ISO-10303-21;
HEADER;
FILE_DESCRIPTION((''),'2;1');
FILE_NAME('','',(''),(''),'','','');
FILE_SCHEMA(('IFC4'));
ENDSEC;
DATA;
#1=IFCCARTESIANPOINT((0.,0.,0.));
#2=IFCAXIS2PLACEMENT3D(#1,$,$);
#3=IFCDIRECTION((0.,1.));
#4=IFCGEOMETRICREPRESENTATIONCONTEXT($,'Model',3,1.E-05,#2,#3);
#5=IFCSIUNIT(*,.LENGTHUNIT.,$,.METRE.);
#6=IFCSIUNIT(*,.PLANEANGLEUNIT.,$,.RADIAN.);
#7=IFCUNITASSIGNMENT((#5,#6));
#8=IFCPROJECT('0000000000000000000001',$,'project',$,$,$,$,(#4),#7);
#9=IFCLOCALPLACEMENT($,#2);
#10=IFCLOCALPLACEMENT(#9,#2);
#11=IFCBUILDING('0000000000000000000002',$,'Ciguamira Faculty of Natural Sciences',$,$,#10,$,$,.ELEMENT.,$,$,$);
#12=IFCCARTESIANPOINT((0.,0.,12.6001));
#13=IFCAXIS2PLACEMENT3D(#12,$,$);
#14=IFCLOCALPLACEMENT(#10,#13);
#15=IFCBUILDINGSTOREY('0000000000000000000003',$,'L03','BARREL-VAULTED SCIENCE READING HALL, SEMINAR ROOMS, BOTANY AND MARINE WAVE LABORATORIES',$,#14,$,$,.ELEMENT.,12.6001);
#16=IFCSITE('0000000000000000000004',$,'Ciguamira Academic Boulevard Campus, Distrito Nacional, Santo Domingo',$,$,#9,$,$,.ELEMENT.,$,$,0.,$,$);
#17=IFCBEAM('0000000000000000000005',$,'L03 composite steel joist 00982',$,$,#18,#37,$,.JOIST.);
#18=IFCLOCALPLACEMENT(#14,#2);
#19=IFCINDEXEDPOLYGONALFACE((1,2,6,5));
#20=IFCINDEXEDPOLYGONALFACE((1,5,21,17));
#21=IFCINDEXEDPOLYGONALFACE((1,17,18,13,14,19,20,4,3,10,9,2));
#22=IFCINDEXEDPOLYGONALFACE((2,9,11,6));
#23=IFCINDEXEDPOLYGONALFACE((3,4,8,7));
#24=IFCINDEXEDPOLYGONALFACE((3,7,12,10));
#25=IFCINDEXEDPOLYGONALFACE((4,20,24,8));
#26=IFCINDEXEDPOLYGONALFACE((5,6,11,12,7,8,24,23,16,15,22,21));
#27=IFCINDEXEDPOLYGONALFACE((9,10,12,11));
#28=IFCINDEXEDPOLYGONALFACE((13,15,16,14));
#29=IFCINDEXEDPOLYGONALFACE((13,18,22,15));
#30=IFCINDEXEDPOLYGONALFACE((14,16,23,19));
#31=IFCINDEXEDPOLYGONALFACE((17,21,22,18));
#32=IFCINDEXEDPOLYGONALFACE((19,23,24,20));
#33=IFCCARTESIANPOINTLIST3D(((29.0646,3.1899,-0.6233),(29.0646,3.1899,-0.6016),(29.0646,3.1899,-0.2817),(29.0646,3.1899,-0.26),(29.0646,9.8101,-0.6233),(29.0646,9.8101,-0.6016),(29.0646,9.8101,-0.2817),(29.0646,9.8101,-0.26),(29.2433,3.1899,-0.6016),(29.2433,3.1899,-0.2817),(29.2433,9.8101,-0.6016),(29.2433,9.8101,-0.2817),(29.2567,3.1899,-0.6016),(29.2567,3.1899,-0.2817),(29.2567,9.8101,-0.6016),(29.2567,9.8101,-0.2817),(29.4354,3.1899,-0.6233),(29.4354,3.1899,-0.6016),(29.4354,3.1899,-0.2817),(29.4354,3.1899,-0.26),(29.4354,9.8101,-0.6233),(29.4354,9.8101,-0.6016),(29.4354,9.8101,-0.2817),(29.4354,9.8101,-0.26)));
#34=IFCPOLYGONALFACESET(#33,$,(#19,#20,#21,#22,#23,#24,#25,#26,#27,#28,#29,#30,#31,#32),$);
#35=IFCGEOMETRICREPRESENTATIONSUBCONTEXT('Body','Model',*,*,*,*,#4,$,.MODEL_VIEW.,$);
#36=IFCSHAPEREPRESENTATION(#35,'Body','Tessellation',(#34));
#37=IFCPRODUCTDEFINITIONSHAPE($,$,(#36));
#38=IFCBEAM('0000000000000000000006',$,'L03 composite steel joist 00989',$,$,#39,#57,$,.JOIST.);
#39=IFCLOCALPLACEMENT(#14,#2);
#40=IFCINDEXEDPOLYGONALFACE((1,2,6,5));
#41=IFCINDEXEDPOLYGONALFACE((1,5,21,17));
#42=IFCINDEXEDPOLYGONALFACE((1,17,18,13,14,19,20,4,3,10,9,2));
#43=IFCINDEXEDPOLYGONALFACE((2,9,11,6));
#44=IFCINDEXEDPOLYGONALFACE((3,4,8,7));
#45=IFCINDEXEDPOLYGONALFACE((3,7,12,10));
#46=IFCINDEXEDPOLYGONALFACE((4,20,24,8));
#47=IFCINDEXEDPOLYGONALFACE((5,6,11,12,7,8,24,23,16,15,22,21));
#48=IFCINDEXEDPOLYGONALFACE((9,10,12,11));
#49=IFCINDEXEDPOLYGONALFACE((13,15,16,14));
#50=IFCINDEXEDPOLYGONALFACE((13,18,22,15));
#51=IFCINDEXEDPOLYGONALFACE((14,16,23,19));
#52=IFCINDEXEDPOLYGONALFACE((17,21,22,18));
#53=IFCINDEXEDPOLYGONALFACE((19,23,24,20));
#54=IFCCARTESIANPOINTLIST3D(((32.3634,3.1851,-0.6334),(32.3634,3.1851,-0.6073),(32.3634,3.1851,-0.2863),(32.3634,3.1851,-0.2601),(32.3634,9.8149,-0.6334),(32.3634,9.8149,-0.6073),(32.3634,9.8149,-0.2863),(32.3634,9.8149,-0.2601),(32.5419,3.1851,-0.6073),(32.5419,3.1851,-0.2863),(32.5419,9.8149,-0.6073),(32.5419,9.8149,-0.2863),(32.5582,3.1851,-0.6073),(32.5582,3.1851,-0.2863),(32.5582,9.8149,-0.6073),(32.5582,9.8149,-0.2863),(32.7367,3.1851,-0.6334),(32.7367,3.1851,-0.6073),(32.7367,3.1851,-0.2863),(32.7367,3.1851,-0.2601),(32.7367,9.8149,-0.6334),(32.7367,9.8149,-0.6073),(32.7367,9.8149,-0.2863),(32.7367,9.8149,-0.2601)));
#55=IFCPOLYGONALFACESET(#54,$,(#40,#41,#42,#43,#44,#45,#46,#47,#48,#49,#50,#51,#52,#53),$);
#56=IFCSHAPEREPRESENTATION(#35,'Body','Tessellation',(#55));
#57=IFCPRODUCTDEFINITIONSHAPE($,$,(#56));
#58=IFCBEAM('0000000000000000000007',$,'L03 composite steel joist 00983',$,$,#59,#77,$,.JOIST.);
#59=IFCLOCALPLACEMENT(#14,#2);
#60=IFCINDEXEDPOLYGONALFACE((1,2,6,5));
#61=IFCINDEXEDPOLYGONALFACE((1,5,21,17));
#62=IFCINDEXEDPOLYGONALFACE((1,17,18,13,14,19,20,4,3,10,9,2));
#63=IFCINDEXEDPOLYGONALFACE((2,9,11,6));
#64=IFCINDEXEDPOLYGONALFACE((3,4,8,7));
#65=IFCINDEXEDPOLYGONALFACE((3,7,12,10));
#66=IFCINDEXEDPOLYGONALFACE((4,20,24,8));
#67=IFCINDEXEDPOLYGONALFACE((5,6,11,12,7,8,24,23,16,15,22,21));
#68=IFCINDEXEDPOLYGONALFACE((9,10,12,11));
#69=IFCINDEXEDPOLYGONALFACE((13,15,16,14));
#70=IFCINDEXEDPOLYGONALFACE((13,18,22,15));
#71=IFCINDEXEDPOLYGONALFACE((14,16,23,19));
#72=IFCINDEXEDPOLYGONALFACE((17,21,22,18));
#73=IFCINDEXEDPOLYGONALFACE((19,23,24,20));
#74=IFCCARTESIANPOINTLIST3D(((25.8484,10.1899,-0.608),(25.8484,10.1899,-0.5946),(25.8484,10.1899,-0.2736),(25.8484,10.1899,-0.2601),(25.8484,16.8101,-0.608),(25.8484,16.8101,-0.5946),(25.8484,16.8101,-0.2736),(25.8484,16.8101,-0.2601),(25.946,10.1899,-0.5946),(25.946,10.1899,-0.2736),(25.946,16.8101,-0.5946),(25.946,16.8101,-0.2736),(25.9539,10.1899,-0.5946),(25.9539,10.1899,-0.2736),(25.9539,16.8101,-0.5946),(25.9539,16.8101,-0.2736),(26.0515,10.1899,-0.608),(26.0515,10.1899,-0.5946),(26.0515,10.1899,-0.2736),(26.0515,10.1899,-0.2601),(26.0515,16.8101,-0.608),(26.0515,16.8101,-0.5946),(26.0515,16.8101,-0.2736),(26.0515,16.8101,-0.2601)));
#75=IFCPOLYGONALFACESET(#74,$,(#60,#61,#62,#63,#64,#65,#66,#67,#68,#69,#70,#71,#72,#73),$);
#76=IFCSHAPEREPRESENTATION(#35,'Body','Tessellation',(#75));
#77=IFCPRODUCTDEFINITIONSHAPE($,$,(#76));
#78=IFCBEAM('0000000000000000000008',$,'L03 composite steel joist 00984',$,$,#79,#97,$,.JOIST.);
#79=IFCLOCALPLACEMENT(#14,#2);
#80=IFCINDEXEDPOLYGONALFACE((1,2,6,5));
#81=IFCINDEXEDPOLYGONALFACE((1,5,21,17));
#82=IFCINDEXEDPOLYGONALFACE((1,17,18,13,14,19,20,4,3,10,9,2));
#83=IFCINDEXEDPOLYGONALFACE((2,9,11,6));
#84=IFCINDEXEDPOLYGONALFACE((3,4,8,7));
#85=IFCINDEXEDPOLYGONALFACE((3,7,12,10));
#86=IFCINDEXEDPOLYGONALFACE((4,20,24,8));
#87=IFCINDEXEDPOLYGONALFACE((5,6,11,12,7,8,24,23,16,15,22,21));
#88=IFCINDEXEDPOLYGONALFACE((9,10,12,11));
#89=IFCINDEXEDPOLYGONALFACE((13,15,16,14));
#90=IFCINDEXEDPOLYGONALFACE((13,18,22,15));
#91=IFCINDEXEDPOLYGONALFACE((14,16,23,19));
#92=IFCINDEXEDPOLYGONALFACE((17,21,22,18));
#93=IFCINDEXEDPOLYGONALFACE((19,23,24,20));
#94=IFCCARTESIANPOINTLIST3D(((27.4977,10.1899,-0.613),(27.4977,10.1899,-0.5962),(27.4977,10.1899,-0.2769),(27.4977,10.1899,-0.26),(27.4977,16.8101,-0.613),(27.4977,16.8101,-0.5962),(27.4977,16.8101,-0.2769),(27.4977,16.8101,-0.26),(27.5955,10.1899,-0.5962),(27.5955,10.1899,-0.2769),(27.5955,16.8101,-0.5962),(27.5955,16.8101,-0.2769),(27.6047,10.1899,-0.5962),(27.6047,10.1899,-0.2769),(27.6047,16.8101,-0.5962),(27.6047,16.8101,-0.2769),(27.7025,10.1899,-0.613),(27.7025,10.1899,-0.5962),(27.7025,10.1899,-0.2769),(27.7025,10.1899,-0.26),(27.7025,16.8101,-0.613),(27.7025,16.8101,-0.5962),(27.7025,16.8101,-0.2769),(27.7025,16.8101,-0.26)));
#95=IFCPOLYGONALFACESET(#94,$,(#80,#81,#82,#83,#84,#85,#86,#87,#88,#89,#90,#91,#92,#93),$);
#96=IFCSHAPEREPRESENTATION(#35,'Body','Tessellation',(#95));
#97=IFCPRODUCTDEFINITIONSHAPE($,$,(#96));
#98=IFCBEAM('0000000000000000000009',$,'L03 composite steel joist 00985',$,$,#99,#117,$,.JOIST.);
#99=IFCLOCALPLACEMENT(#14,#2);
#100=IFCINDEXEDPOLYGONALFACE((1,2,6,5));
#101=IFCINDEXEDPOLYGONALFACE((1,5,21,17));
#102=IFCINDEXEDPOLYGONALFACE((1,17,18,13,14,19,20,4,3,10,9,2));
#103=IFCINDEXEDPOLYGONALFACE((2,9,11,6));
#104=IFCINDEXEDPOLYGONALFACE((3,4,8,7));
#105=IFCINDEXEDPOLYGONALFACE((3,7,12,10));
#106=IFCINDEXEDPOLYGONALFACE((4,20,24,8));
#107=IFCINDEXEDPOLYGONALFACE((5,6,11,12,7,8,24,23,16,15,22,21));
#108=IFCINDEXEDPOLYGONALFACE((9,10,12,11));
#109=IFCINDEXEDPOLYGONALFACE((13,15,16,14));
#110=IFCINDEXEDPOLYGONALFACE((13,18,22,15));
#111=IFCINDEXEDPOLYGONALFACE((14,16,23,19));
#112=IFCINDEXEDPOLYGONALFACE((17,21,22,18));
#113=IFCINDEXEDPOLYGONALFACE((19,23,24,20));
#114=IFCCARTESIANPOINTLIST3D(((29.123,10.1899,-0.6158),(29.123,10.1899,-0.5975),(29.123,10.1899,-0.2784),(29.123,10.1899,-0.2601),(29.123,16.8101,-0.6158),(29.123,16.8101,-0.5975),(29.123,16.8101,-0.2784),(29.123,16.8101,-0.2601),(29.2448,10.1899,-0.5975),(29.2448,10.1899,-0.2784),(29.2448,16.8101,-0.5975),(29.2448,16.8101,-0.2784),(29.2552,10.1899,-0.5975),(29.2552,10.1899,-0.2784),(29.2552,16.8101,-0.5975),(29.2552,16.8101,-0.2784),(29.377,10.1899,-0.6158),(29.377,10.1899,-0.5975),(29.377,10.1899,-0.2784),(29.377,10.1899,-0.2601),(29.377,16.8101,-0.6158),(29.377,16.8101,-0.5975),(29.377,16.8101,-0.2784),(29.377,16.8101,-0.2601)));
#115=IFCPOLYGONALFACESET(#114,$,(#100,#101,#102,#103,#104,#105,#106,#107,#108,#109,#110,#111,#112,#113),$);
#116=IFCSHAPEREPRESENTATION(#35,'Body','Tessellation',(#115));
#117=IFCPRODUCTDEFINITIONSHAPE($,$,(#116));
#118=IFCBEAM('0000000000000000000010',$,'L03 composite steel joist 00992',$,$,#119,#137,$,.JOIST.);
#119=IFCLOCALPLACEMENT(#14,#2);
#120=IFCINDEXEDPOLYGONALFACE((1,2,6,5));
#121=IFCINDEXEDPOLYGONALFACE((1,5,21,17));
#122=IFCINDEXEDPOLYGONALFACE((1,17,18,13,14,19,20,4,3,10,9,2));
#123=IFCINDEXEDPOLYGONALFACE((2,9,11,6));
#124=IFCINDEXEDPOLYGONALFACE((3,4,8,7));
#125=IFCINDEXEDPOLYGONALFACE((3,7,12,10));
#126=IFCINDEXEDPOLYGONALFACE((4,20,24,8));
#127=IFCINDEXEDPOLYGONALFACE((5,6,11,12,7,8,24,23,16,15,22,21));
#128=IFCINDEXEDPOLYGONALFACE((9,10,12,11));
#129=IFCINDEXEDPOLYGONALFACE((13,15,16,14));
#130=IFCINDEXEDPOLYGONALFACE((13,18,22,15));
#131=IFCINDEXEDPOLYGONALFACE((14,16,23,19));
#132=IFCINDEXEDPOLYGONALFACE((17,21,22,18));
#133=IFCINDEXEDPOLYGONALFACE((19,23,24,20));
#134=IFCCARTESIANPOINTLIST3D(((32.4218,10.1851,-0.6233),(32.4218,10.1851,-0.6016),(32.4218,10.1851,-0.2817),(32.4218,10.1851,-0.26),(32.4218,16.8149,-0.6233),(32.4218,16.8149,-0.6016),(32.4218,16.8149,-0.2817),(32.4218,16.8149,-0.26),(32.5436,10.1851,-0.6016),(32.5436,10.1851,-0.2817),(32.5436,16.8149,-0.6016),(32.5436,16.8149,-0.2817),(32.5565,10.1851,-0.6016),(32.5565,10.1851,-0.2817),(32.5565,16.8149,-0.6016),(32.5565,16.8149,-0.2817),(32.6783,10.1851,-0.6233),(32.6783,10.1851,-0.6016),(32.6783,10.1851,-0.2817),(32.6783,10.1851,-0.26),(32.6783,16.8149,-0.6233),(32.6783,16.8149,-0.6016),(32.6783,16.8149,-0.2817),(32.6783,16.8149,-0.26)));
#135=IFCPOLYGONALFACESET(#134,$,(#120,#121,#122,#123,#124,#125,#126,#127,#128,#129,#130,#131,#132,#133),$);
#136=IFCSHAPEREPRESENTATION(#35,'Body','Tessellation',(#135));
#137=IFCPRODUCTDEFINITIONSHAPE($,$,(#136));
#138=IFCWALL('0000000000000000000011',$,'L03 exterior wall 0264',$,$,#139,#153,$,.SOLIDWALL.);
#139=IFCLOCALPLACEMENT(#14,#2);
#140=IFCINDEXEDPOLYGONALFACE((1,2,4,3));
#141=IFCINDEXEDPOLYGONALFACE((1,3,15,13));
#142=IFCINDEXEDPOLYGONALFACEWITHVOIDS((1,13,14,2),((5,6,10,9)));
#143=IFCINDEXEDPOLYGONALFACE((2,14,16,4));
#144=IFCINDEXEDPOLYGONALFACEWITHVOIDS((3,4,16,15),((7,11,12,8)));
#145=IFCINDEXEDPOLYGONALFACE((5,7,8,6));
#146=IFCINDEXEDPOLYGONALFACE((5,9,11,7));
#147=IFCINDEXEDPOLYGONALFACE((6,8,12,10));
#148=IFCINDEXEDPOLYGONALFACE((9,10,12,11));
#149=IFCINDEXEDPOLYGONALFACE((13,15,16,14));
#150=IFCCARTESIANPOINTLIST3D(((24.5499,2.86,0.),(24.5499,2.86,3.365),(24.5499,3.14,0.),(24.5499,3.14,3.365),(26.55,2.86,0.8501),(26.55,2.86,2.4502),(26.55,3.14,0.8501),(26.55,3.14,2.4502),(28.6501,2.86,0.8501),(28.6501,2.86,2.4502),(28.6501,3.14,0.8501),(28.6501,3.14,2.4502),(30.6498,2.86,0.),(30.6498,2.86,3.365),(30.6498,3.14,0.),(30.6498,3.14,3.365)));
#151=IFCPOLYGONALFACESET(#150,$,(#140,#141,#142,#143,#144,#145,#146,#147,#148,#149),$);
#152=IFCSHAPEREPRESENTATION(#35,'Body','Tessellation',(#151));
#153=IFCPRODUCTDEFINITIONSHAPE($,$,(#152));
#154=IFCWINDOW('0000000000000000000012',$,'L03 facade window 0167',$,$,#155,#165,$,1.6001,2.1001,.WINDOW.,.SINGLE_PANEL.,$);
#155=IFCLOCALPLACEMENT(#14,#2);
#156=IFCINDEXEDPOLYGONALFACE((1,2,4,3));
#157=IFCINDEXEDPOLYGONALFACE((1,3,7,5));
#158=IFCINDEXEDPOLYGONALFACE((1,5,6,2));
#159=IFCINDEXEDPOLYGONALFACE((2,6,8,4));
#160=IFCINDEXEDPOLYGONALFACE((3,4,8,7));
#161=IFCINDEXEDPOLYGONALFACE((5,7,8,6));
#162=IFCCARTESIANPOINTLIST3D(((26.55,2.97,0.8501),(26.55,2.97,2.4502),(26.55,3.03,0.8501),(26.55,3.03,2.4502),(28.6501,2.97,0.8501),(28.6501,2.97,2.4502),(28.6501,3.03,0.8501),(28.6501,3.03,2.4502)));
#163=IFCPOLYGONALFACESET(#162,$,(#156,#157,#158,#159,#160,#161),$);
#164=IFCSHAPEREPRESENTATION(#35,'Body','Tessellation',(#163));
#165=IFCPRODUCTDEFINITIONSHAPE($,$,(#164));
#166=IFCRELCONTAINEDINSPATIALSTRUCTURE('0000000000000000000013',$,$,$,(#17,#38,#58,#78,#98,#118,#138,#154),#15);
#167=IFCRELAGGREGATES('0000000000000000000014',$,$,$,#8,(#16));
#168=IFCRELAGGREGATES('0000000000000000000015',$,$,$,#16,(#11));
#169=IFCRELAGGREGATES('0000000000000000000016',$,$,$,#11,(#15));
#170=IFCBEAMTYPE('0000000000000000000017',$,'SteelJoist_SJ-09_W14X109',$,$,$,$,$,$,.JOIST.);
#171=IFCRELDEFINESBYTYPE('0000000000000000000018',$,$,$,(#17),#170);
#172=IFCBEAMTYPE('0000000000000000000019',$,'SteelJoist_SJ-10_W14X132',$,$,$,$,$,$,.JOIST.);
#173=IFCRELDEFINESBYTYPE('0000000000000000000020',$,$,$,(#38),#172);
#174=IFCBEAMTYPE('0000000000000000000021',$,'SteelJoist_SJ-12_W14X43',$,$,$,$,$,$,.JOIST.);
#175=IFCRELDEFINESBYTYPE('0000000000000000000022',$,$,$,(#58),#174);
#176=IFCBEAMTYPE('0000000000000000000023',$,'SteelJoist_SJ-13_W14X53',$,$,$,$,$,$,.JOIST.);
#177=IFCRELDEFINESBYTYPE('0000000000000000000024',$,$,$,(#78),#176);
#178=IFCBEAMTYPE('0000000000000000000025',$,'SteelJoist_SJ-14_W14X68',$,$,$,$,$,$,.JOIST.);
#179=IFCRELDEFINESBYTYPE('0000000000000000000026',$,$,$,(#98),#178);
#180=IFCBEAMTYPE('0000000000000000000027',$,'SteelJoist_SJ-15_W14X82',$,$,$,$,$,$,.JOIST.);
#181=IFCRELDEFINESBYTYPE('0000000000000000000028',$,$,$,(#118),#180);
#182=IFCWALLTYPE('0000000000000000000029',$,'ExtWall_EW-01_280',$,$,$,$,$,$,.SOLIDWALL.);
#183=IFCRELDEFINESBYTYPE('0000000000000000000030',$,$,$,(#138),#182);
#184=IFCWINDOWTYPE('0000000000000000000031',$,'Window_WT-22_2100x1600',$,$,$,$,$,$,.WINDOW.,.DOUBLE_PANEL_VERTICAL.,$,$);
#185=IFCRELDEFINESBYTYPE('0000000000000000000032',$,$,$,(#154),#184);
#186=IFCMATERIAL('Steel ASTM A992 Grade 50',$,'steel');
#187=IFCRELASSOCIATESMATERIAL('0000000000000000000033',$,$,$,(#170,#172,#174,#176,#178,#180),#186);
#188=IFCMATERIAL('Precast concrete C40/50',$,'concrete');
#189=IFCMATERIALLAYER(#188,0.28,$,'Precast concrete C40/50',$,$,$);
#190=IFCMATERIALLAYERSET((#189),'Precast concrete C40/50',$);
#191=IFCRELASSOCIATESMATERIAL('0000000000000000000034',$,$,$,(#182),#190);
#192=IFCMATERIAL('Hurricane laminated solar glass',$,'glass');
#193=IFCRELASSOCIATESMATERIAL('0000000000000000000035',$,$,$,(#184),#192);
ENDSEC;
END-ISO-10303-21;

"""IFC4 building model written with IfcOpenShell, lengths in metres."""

from ifc_helpers import new_model, si_unit, direction, frame, frame_2d, origin, origin_2d, place, context, subcontext, project, spatial, rectangle, i_section, extrude, material, layer, layer_set, material_profile, profile_set, type_object, element, fill, save


model = new_model("IFC4")

# Units and contexts
model_context = context("Model", 3, precision=1e-05, world=origin(), true_north=direction((0.0, 1.0)))
body_context = subcontext(model_context, "Body", "Model", "MODEL_VIEW")
ifc_project = project(units=[si_unit("LENGTHUNIT", "METRE"), si_unit("PLANEANGLEUNIT", "RADIAN")], contexts=[model_context])

# Site, building, storey
site_placement = place(None, origin())
site = spatial("IfcSite", under=ifc_project, at=site_placement, Name="Ciguamira Academic Boulevard Campus, Distrito Nacional, Santo Domingo", CompositionType="ELEMENT", RefElevation=0.0)
building_placement = place(site_placement, origin())
building = spatial("IfcBuilding", under=site, at=building_placement, Name="Ciguamira Faculty of Natural Sciences", CompositionType="ELEMENT")
storey_placement = place(building_placement, frame((0.0, 0.0, 12.6001)))
storey = spatial("IfcBuildingStorey", under=building, at=storey_placement, Name="L03", Description="BARREL-VAULTED SCIENCE READING HALL, SEMINAR ROOMS, BOTANY AND MARINE WAVE LABORATORIES", CompositionType="ELEMENT", Elevation=12.6001)

# Beams
ifc_material_1 = material(Name="Steel ASTM A992 Grade 50", Category="steel")
ifc_material_profile_1 = material_profile(ifc_material_1, i_section(OverallWidth=0.3708, OverallDepth=0.3633, WebThickness=0.0134, FlangeThickness=0.0217, at=origin_2d()), Name="W14X109")
ifc_profile_set_1 = profile_set([ifc_material_profile_1], Name="Steel ASTM A992 Grade 50")
beam_type_1 = type_object("IfcBeamType", Name="SteelJoist_SJ-09_W14X109", PredefinedType="JOIST", material=ifc_profile_set_1)
beam_1_placement = place(storey_placement, frame((29.25, 3.1899, -0.4417), z_axis=(0.0, 1.0, 0.0), x_axis=(-1.0, 0.0, 0.0)))
element("IfcBeam", 1, at=beam_1_placement, inside=storey, type_object=beam_type_1, Name="L03 composite steel joist 00982", PredefinedType="JOIST", context=body_context, shape_type="SweptSolid", body=[
    extrude(i_section(OverallWidth=0.3708, OverallDepth=0.3633, WebThickness=0.0134, FlangeThickness=0.0217, at=origin_2d()), origin(), (0.0, 0.0, 1.0), 6.6201),
])
ifc_material_profile_2 = material_profile(ifc_material_1, i_section(OverallWidth=0.3733, OverallDepth=0.3733, WebThickness=0.0164, FlangeThickness=0.0261, at=origin_2d()), Name="W14X132")
ifc_profile_set_2 = profile_set([ifc_material_profile_2], Name="Steel ASTM A992 Grade 50")
beam_type_2 = type_object("IfcBeamType", Name="SteelJoist_SJ-10_W14X132", PredefinedType="JOIST", material=ifc_profile_set_2)
beam_2_placement = place(storey_placement, frame((32.55, 3.1851, -0.4468), z_axis=(0.0, 1.0, 0.0), x_axis=(-1.0, 0.0, 0.0)))
element("IfcBeam", 2, at=beam_2_placement, inside=storey, type_object=beam_type_2, Name="L03 composite steel joist 00989", PredefinedType="JOIST", context=body_context, shape_type="SweptSolid", body=[
    extrude(i_section(OverallWidth=0.3733, OverallDepth=0.3733, WebThickness=0.0164, FlangeThickness=0.0261, at=origin_2d()), origin(), (0.0, 0.0, 1.0), 6.6299),
])
ifc_material_profile_3 = material_profile(ifc_material_1, i_section(OverallWidth=0.2031, OverallDepth=0.3479, WebThickness=0.0078, FlangeThickness=0.0134, at=origin_2d()), Name="W14X43")
ifc_profile_set_3 = profile_set([ifc_material_profile_3], Name="Steel ASTM A992 Grade 50")
beam_type_3 = type_object("IfcBeamType", Name="SteelJoist_SJ-12_W14X43", PredefinedType="JOIST", material=ifc_profile_set_3)
beam_3_placement = place(storey_placement, frame((25.95, 10.1899, -0.4341), z_axis=(0.0, 1.0, 0.0), x_axis=(-1.0, 0.0, 0.0)))
element("IfcBeam", 3, at=beam_3_placement, inside=storey, type_object=beam_type_3, Name="L03 composite steel joist 00983", PredefinedType="JOIST", context=body_context, shape_type="SweptSolid", body=[
    extrude(i_section(OverallWidth=0.2031, OverallDepth=0.3479, WebThickness=0.0078, FlangeThickness=0.0134, at=origin_2d()), origin(), (0.0, 0.0, 1.0), 6.6201),
])
ifc_material_profile_4 = material_profile(ifc_material_1, i_section(OverallWidth=0.2048, OverallDepth=0.353, WebThickness=0.0093, FlangeThickness=0.0168, at=origin_2d()), Name="W14X53")
ifc_profile_set_4 = profile_set([ifc_material_profile_4], Name="Steel ASTM A992 Grade 50")
beam_type_4 = type_object("IfcBeamType", Name="SteelJoist_SJ-13_W14X53", PredefinedType="JOIST", material=ifc_profile_set_4)
beam_4_placement = place(storey_placement, frame((27.6001, 10.1899, -0.4365), z_axis=(0.0, 1.0, 0.0), x_axis=(-1.0, 0.0, 0.0)))
element("IfcBeam", 4, at=beam_4_placement, inside=storey, type_object=beam_type_4, Name="L03 composite steel joist 00984", PredefinedType="JOIST", context=body_context, shape_type="SweptSolid", body=[
    extrude(i_section(OverallWidth=0.2048, OverallDepth=0.353, WebThickness=0.0093, FlangeThickness=0.0168, at=origin_2d()), origin(), (0.0, 0.0, 1.0), 6.6201),
])
ifc_material_profile_5 = material_profile(ifc_material_1, i_section(OverallWidth=0.2539, OverallDepth=0.3557, WebThickness=0.0105, FlangeThickness=0.0183, at=origin_2d()), Name="W14X68")
ifc_profile_set_5 = profile_set([ifc_material_profile_5], Name="Steel ASTM A992 Grade 50")
beam_type_5 = type_object("IfcBeamType", Name="SteelJoist_SJ-14_W14X68", PredefinedType="JOIST", material=ifc_profile_set_5)
beam_5_placement = place(storey_placement, frame((29.25, 10.1899, -0.438), z_axis=(0.0, 1.0, 0.0), x_axis=(-1.0, 0.0, 0.0)))
element("IfcBeam", 5, at=beam_5_placement, inside=storey, type_object=beam_type_5, Name="L03 composite steel joist 00985", PredefinedType="JOIST", context=body_context, shape_type="SweptSolid", body=[
    extrude(i_section(OverallWidth=0.2539, OverallDepth=0.3557, WebThickness=0.0105, FlangeThickness=0.0183, at=origin_2d()), origin(), (0.0, 0.0, 1.0), 6.6201),
])
ifc_material_profile_6 = material_profile(ifc_material_1, i_section(OverallWidth=0.2566, OverallDepth=0.3633, WebThickness=0.0129, FlangeThickness=0.0217, at=origin_2d()), Name="W14X82")
ifc_profile_set_6 = profile_set([ifc_material_profile_6], Name="Steel ASTM A992 Grade 50")
beam_type_6 = type_object("IfcBeamType", Name="SteelJoist_SJ-15_W14X82", PredefinedType="JOIST", material=ifc_profile_set_6)
beam_6_placement = place(storey_placement, frame((32.55, 10.1851, -0.4417), z_axis=(0.0, 1.0, 0.0), x_axis=(-1.0, 0.0, 0.0)))
element("IfcBeam", 6, at=beam_6_placement, inside=storey, type_object=beam_type_6, Name="L03 composite steel joist 00992", PredefinedType="JOIST", context=body_context, shape_type="SweptSolid", body=[
    extrude(i_section(OverallWidth=0.2566, OverallDepth=0.3633, WebThickness=0.0129, FlangeThickness=0.0217, at=origin_2d()), origin(), (0.0, 0.0, 1.0), 6.6299),
])

# Wall, opening, window
ifc_material_2 = material(Name="Precast concrete C40/50", Category="concrete")
ifc_layer_1 = layer(ifc_material_2, 0.28, Name="Precast concrete C40/50")
ifc_layer_set_1 = layer_set([ifc_layer_1], Name="Precast concrete C40/50")
wall_type_1 = type_object("IfcWallType", Name="ExtWall_EW-01_280", PredefinedType="SOLIDWALL", material=ifc_layer_set_1)
wall_1_placement = place(storey_placement, frame((24.55, 3.0, 0.0), z_axis=(0.0, 0.0, 1.0), x_axis=(1.0, 0.0, 0.0)))
wall_1 = element("IfcWall", 7, at=wall_1_placement, inside=storey, type_object=wall_type_1, Name="L03 exterior wall 0264", PredefinedType="SOLIDWALL", context=body_context, shape_type="SweptSolid", body=[
    extrude(rectangle(XDim=6.0999, YDim=0.28, at=frame_2d((3.0498, 0.0))), origin(), (0.0, 0.0, 1.0), 3.365),
])
opening_placement = place(wall_1_placement, frame((2.0, 0.0, 0.8501)))
opening = element("IfcOpeningElement", 8, at=opening_placement, cuts=wall_1, PredefinedType="OPENING", context=body_context, shape_type="SweptSolid", body=[
    extrude(rectangle(XDim=2.1001, YDim=1.6001, at=frame_2d((1.05, 0.8))), frame((0.0, 0.1499, 0.0), z_axis=(0.0, -1.0, 0.0), x_axis=(1.0, 0.0, 0.0)), (0.0, 0.0, 1.0), 0.3),
])
ifc_material_3 = material(Name="Hurricane laminated solar glass", Category="glass")
window_type = type_object("IfcWindowType", Name="Window_WT-22_2100x1600", PartitioningType="DOUBLE_PANEL_VERTICAL", PredefinedType="WINDOW", material=ifc_material_3)
window_placement = place(opening_placement, origin())
window = element("IfcWindow", 9, at=window_placement, inside=storey, type_object=window_type, Name="L03 facade window 0167", OverallHeight=1.6001, OverallWidth=2.1001, PartitioningType="SINGLE_PANEL", PredefinedType="WINDOW", context=body_context, shape_type="SweptSolid", body=[
    extrude(rectangle(XDim=2.1001, YDim=1.6001, at=frame_2d((1.05, 0.8))), frame((0.0, 0.03, 0.0), z_axis=(0.0, -1.0, 0.0), x_axis=(1.0, 0.0, 0.0)), (0.0, 0.0, 1.0), 0.0601),
])
fill(opening, window)

save(model, "model.ifc")
